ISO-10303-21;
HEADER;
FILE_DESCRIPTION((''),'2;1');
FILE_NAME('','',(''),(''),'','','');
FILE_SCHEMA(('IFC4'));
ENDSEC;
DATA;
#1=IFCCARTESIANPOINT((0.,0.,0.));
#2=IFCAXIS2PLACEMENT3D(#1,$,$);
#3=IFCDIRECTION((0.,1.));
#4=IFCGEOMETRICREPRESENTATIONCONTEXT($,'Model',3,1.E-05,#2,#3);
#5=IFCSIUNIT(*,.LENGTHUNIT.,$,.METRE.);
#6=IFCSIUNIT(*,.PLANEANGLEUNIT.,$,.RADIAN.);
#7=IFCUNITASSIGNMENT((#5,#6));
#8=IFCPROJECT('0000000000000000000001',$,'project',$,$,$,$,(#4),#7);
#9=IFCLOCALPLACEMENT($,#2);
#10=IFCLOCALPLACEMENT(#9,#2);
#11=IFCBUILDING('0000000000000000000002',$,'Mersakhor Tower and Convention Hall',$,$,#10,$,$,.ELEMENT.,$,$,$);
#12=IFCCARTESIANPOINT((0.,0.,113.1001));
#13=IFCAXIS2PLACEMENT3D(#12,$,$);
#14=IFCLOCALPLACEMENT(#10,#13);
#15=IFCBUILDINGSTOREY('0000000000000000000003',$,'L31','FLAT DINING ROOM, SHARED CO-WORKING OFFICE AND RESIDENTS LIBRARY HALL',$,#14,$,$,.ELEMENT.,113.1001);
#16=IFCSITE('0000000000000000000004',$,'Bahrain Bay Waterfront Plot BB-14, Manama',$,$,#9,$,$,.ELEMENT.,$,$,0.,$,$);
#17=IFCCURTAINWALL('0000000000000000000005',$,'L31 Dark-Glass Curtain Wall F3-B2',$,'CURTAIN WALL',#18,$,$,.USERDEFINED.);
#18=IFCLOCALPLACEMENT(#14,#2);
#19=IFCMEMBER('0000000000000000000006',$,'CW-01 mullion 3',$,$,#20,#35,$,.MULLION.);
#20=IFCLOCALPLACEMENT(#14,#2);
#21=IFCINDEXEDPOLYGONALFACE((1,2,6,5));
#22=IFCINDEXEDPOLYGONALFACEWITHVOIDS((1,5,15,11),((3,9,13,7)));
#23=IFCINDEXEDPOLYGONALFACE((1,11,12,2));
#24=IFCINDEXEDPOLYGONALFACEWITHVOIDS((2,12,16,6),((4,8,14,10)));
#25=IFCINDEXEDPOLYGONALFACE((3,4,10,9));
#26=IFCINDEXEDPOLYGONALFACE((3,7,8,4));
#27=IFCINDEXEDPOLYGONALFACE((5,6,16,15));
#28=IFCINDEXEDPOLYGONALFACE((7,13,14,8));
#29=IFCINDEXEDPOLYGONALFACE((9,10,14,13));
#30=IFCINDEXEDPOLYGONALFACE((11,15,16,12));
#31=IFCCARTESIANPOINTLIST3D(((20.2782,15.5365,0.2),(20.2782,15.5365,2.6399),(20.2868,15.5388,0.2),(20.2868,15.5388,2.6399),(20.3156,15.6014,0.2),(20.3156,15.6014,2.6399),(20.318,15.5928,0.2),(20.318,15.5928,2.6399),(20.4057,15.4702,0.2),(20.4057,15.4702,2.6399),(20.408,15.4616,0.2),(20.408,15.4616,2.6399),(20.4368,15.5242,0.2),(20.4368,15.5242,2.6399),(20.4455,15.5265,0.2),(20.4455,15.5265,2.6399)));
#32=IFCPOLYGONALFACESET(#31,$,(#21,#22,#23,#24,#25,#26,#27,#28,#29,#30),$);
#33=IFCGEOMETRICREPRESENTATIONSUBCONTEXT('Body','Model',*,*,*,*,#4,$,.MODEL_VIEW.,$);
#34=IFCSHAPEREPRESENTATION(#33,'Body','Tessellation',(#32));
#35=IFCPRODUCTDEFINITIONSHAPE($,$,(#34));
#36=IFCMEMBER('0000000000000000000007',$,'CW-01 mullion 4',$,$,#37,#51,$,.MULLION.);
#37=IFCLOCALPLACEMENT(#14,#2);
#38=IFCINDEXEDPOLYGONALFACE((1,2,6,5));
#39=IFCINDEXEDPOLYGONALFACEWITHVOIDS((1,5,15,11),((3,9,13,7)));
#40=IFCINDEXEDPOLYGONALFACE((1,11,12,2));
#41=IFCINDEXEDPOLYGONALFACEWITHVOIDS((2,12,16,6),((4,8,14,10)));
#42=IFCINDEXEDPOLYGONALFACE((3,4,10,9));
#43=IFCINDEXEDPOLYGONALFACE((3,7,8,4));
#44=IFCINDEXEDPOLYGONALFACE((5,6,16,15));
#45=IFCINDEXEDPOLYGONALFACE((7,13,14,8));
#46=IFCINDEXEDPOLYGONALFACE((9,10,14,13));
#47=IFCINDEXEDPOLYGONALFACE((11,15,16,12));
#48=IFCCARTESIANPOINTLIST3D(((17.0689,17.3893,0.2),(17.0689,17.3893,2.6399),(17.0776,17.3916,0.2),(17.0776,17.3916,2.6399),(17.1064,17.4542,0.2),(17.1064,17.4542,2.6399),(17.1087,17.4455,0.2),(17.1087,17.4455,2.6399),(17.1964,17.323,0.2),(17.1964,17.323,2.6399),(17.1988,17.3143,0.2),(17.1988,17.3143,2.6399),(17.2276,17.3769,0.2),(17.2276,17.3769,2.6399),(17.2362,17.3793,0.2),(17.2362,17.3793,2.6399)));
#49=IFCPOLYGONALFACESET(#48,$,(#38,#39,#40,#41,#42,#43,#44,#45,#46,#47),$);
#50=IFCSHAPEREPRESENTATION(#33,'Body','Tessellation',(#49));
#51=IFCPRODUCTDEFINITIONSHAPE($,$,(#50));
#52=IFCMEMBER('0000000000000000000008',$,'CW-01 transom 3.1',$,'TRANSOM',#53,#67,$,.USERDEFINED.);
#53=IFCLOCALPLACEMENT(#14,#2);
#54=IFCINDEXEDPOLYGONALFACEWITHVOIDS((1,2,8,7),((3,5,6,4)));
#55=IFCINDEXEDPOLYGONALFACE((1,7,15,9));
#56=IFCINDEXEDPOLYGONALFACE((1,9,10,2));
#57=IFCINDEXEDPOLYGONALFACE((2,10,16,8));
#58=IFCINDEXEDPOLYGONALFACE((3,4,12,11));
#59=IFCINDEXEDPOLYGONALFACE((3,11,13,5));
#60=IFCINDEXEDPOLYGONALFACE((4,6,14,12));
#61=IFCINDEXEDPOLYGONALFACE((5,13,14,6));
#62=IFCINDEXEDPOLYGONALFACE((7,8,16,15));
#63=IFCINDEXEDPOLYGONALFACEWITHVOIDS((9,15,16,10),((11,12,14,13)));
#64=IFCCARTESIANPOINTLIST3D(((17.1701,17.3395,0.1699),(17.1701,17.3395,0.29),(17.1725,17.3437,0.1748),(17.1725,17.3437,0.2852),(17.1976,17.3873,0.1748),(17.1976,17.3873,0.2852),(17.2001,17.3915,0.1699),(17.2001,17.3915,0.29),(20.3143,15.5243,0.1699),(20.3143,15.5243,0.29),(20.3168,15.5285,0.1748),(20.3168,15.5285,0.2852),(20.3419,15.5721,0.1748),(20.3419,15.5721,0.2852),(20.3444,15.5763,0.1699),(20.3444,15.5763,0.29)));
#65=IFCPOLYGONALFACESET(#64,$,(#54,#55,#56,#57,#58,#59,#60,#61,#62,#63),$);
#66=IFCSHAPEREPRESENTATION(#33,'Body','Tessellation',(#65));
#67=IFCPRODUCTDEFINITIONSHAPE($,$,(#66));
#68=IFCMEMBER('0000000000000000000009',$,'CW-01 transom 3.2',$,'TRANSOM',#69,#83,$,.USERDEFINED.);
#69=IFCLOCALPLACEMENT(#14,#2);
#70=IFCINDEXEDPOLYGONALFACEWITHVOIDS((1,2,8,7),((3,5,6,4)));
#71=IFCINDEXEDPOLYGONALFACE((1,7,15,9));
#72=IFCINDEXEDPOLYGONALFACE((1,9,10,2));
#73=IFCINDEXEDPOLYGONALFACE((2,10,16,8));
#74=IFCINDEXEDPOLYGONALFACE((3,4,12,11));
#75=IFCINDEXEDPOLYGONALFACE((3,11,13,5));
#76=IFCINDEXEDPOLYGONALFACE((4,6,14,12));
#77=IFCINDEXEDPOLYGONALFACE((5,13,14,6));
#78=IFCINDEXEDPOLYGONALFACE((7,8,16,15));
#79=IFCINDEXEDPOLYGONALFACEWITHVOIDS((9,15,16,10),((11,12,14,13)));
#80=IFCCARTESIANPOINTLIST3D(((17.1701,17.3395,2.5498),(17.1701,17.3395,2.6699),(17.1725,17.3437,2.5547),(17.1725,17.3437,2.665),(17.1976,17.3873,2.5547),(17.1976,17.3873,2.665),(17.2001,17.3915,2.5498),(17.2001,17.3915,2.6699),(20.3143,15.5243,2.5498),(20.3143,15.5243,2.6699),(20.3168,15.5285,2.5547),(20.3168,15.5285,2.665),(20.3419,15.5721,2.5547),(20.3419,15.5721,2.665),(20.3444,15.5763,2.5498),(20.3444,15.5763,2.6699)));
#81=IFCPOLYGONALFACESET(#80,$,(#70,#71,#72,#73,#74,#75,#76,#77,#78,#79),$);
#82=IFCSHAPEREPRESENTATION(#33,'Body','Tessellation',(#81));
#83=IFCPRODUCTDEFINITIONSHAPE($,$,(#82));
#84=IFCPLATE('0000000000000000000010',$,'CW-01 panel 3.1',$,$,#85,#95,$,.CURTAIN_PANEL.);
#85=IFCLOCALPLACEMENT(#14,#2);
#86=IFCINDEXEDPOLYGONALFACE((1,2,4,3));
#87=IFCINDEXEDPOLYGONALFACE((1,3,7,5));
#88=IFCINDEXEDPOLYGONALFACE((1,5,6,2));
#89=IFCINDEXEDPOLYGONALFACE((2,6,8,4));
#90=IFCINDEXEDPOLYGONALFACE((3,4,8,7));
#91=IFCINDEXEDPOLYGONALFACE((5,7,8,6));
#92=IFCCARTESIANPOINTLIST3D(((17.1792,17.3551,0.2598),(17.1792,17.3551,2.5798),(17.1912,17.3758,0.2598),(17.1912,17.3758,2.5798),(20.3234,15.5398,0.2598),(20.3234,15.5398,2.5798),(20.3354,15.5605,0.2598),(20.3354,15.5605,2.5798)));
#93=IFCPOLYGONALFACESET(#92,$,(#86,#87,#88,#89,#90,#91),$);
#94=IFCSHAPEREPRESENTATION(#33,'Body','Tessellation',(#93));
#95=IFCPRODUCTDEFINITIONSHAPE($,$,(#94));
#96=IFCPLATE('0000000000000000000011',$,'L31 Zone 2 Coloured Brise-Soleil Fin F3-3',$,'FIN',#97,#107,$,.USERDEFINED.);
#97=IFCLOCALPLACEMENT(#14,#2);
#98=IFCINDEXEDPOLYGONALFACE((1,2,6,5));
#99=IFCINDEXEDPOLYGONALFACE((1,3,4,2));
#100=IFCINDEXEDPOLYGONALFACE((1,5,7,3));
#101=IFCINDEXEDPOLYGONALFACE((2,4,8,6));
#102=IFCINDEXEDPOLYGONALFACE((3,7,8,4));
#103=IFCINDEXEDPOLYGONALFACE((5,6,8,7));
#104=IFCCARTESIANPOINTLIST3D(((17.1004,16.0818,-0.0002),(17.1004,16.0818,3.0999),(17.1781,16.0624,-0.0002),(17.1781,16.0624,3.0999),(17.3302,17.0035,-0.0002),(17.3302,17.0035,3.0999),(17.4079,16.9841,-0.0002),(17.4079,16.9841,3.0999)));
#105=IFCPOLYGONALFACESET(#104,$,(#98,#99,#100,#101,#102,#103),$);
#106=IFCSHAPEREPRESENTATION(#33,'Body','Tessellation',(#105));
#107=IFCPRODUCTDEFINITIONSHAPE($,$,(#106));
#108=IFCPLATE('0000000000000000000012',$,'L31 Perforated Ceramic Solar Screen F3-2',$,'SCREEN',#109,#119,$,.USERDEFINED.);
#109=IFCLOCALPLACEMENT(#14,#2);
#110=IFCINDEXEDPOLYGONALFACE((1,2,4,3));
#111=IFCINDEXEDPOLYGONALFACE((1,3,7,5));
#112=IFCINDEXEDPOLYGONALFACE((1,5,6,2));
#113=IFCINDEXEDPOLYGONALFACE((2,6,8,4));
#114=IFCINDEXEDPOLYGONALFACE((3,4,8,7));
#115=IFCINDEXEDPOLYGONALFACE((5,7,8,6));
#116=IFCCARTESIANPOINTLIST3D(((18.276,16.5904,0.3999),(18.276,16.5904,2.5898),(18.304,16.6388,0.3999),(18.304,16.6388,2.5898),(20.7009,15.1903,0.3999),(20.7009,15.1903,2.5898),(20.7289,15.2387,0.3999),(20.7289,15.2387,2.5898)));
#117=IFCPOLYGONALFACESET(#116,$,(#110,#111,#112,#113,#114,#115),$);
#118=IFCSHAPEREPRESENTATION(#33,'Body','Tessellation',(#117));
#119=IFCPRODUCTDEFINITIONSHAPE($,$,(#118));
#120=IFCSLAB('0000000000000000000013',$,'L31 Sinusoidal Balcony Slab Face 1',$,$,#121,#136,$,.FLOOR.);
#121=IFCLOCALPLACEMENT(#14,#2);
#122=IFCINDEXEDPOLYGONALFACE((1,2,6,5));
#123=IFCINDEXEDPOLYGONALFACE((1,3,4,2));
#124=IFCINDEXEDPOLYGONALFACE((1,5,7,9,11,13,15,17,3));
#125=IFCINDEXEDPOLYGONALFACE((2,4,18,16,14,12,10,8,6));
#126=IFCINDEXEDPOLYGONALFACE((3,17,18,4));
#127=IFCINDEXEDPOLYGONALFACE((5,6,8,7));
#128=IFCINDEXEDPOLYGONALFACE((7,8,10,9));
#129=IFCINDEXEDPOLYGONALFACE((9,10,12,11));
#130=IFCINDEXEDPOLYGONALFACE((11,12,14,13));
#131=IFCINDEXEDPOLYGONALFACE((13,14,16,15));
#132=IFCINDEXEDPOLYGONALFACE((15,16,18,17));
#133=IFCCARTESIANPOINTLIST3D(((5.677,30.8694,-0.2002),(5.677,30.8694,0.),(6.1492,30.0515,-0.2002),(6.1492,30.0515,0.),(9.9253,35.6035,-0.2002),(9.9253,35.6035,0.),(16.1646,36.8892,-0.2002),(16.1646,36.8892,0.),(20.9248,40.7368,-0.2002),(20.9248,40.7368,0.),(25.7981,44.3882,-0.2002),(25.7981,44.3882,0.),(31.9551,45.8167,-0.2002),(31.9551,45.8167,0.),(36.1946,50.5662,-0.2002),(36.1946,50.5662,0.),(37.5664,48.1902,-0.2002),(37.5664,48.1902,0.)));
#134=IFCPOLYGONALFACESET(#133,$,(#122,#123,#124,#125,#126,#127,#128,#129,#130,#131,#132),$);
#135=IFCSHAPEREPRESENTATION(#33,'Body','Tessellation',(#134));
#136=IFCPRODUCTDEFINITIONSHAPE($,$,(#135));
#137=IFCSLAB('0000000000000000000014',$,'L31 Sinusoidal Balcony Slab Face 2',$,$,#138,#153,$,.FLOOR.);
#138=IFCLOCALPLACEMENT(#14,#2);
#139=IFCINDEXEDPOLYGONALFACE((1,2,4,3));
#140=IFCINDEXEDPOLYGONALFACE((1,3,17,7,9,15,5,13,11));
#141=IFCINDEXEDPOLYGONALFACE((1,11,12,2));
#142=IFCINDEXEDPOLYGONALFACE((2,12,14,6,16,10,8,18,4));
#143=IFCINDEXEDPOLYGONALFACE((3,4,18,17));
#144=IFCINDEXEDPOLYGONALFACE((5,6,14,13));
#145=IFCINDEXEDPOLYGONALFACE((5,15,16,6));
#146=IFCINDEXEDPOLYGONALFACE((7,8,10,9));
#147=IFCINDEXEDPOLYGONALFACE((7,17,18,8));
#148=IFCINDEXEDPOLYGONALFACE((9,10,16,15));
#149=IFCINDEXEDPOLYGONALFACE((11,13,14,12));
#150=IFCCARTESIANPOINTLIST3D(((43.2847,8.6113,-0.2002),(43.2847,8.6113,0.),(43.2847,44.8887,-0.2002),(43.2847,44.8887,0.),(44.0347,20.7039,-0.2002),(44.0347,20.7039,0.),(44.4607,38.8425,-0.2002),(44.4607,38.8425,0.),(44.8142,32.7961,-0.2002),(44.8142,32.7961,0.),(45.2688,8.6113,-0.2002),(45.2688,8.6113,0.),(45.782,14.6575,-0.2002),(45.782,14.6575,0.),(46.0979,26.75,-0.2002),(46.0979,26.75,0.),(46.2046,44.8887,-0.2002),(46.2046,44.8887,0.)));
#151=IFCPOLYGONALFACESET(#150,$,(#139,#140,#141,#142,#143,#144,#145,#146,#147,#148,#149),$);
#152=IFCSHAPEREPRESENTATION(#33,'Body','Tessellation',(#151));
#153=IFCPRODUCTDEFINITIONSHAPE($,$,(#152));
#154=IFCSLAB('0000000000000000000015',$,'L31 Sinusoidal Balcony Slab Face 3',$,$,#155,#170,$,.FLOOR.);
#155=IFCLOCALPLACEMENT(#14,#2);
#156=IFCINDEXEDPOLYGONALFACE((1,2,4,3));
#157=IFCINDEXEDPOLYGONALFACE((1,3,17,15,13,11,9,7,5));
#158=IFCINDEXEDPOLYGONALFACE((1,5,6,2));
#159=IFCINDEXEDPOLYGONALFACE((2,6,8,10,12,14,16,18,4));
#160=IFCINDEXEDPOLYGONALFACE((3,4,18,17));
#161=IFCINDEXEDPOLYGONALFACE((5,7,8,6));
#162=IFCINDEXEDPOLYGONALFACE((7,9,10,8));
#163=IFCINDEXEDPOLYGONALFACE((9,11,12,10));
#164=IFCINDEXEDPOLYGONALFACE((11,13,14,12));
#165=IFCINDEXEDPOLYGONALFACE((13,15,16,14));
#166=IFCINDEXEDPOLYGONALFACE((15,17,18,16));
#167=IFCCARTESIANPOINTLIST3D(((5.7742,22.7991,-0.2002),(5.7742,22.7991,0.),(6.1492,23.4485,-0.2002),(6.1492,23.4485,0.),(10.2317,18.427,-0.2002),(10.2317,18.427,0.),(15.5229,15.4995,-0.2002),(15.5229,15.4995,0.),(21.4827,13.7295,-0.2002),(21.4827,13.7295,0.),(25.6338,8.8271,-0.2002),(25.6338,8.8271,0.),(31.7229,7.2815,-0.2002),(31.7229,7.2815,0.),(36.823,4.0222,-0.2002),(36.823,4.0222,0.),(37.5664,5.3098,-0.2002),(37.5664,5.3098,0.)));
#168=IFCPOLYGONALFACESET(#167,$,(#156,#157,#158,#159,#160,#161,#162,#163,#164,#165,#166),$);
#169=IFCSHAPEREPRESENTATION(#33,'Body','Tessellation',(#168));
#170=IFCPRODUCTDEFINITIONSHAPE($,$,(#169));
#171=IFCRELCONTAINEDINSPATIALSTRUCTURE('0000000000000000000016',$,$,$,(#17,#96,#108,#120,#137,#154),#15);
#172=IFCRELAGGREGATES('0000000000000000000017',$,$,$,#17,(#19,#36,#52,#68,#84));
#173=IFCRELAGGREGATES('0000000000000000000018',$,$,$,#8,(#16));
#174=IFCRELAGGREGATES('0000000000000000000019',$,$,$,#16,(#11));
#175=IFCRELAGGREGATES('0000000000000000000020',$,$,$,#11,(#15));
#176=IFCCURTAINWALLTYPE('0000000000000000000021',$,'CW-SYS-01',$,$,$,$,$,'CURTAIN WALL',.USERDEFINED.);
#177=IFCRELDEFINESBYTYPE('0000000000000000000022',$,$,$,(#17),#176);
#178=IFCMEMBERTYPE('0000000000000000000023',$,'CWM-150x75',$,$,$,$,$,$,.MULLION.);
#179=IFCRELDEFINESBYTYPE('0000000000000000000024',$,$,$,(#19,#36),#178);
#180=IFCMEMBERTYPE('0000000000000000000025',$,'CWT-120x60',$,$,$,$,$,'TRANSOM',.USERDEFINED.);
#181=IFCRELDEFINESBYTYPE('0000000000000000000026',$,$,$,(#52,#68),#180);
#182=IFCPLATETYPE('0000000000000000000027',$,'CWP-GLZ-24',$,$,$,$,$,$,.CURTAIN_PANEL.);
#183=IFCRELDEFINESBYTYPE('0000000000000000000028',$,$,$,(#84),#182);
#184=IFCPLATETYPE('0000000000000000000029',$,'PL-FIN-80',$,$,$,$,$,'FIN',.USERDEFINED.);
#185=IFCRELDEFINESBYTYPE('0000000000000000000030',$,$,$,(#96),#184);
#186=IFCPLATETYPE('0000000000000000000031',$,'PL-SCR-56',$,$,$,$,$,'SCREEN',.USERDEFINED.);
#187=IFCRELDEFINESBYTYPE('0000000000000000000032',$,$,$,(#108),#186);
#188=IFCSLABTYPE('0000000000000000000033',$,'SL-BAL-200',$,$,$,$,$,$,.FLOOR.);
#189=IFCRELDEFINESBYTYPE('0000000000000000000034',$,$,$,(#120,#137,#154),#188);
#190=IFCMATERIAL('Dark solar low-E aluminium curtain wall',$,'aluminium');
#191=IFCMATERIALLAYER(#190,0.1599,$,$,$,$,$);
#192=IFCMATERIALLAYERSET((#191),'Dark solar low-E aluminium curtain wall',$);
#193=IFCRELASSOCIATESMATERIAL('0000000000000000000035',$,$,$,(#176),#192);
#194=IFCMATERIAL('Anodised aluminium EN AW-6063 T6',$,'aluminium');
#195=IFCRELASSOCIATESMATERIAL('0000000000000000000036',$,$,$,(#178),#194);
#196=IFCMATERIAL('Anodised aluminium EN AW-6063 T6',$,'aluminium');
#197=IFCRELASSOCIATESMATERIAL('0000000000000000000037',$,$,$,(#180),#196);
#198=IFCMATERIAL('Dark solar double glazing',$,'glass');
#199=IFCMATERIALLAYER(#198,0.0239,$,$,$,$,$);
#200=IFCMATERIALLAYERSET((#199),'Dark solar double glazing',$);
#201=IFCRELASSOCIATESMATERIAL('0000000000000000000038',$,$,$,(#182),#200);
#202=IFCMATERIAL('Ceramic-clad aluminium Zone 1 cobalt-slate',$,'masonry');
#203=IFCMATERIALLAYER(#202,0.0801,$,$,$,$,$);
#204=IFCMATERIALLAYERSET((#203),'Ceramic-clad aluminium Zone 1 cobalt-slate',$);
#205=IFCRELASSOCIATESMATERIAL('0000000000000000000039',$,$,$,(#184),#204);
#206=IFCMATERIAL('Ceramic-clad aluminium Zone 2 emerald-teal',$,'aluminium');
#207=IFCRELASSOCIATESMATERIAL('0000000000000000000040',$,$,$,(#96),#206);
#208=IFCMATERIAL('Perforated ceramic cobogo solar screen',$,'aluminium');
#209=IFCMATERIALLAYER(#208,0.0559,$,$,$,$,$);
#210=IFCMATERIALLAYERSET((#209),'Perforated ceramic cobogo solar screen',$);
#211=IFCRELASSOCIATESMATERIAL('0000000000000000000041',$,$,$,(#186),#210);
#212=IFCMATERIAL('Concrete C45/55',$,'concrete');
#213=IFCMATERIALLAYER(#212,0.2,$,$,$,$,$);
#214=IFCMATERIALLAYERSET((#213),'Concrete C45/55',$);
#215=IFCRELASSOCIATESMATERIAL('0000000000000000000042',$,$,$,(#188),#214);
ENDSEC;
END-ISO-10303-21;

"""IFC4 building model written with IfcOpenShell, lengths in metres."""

from ifc_helpers import new_model, si_unit, direction, frame, origin, origin_2d, place, context, subcontext, project, spatial, polyline, rectangle, hollow_rectangle, outline, extrude, material, layer, layer_set, material_profile, profile_set, type_object, element, aggregate, save


model = new_model("IFC4")

# Units and contexts
model_context = context("Model", 3, precision=1e-05, world=origin(), true_north=direction((0.0, 1.0)))
body_context = subcontext(model_context, "Body", "Model", "MODEL_VIEW")
ifc_project = project(units=[si_unit("LENGTHUNIT", "METRE"), si_unit("PLANEANGLEUNIT", "RADIAN")], contexts=[model_context])

# Site, building, storey
site_placement = place(None, origin())
site = spatial("IfcSite", under=ifc_project, at=site_placement, Name="Bahrain Bay Waterfront Plot BB-14, Manama", CompositionType="ELEMENT", RefElevation=0.0)
building_placement = place(site_placement, origin())
building = spatial("IfcBuilding", under=site, at=building_placement, Name="Mersakhor Tower and Convention Hall", CompositionType="ELEMENT")
storey_placement = place(building_placement, frame((0.0, 0.0, 113.1001)))
storey = spatial("IfcBuildingStorey", under=building, at=storey_placement, Name="L31", Description="FLAT DINING ROOM, SHARED CO-WORKING OFFICE AND RESIDENTS LIBRARY HALL", CompositionType="ELEMENT", Elevation=113.1001)

# Curtain wall, members, plate
ifc_material_1 = material(Name="Dark solar low-E aluminium curtain wall", Category="aluminium")
ifc_layer_1 = layer(ifc_material_1, 0.1599)
ifc_layer_set_1 = layer_set([ifc_layer_1], Name="Dark solar low-E aluminium curtain wall")
curtain_wall_type = type_object("IfcCurtainWallType", Name="CW-SYS-01", ElementType="CURTAIN WALL", PredefinedType="USERDEFINED", material=ifc_layer_set_1)
curtain_wall_placement = place(storey_placement, origin())
curtain_wall = element("IfcCurtainWall", 1, at=curtain_wall_placement, inside=storey, type_object=curtain_wall_type, Name="L31 Dark-Glass Curtain Wall F3-B2", ObjectType="CURTAIN WALL", PredefinedType="USERDEFINED")
ifc_material_2 = material(Name="Anodised aluminium EN AW-6063 T6", Category="aluminium")
ifc_material_profile_1 = material_profile(ifc_material_2, hollow_rectangle(XDim=0.075, YDim=0.1499, WallThickness=0.0063, at=origin_2d()), Name="RHS 150x75x6.3")
ifc_profile_set_1 = profile_set([ifc_material_profile_1], Name="Anodised aluminium EN AW-6063 T6")
member_type_1 = type_object("IfcMemberType", Name="CWM-150x75", PredefinedType="MULLION", material=ifc_profile_set_1)
member_1_placement = place(storey_placement, frame((20.3618, 15.5315, 0.2), z_axis=(0.0, 0.0, 1.0), x_axis=(-0.499998, -0.866027, 0.0)))
member_1 = element("IfcMember", 2, at=member_1_placement, type_object=member_type_1, Name="CW-01 mullion 3", PredefinedType="MULLION", context=body_context, shape_type="SweptSolid", body=[
    extrude(hollow_rectangle(XDim=0.075, YDim=0.1499, WallThickness=0.0063, at=origin_2d()), origin(), (0.0, 0.0, 1.0), 2.4399),
])
member_2_placement = place(storey_placement, frame((17.1526, 17.3843, 0.2), z_axis=(0.0, 0.0, 1.0), x_axis=(-0.499998, -0.866027, 0.0)))
member_2 = element("IfcMember", 3, at=member_2_placement, type_object=member_type_1, Name="CW-01 mullion 4", PredefinedType="MULLION", context=body_context, shape_type="SweptSolid", body=[
    extrude(hollow_rectangle(XDim=0.075, YDim=0.1499, WallThickness=0.0063, at=origin_2d()), origin(), (0.0, 0.0, 1.0), 2.4399),
])
ifc_material_3 = material(Name="Anodised aluminium EN AW-6063 T6", Category="aluminium")
ifc_material_profile_2 = material_profile(ifc_material_3, hollow_rectangle(XDim=0.0601, YDim=0.1201, WallThickness=0.0049, at=origin_2d()), Name="RHS 120x60x5")
ifc_profile_set_2 = profile_set([ifc_material_profile_2], Name="Anodised aluminium EN AW-6063 T6")
member_type_2 = type_object("IfcMemberType", Name="CWT-120x60", ElementType="TRANSOM", PredefinedType="USERDEFINED", material=ifc_profile_set_2)
member_3_placement = place(storey_placement, frame((20.3293, 15.5503, 0.23), z_axis=(-0.866046, 0.499965, 0.0), x_axis=(-0.499965, -0.866046, 0.0)))
member_3 = element("IfcMember", 4, at=member_3_placement, type_object=member_type_2, Name="CW-01 transom 3.1", ObjectType="TRANSOM", PredefinedType="USERDEFINED", context=body_context, shape_type="SweptSolid", body=[
    extrude(hollow_rectangle(XDim=0.0601, YDim=0.1201, WallThickness=0.0049, at=origin_2d()), origin(), (0.0, 0.0, 1.0), 3.6306),
])
member_4_placement = place(storey_placement, frame((20.3293, 15.5503, 2.6099), z_axis=(-0.866046, 0.499965, 0.0), x_axis=(-0.499965, -0.866046, 0.0)))
member_4 = element("IfcMember", 5, at=member_4_placement, type_object=member_type_2, Name="CW-01 transom 3.2", ObjectType="TRANSOM", PredefinedType="USERDEFINED", context=body_context, shape_type="SweptSolid", body=[
    extrude(hollow_rectangle(XDim=0.0601, YDim=0.1201, WallThickness=0.0049, at=origin_2d()), origin(), (0.0, 0.0, 1.0), 3.6306),
])
ifc_material_4 = material(Name="Dark solar double glazing", Category="glass")
ifc_layer_2 = layer(ifc_material_4, 0.0239)
ifc_layer_set_2 = layer_set([ifc_layer_2], Name="Dark solar double glazing")
plate_type_1 = type_object("IfcPlateType", Name="CWP-GLZ-24", PredefinedType="CURTAIN_PANEL", material=ifc_layer_set_2)
plate_1_placement = place(storey_placement, frame((18.7573, 16.4578, 0.2598), z_axis=(0.0, 0.0, 1.0), x_axis=(-0.866027, 0.499998, 0.0)))
plate_1 = element("IfcPlate", 6, at=plate_1_placement, type_object=plate_type_1, Name="CW-01 panel 3.1", PredefinedType="CURTAIN_PANEL", context=body_context, shape_type="SweptSolid", body=[
    extrude(rectangle(XDim=3.6306, YDim=0.0239, at=origin_2d()), origin(), (0.0, 0.0, 1.0), 2.3201),
])
aggregate(curtain_wall, [member_1, member_2, member_3, member_4, plate_1])

# Plates
ifc_material_5 = material(Name="Ceramic-clad aluminium Zone 2 emerald-teal", Category="aluminium")
ifc_material_6 = material(Name="Ceramic-clad aluminium Zone 1 cobalt-slate", Category="masonry")
ifc_layer_3 = layer(ifc_material_6, 0.0801)
ifc_layer_set_3 = layer_set([ifc_layer_3], Name="Ceramic-clad aluminium Zone 1 cobalt-slate")
plate_type_2 = type_object("IfcPlateType", Name="PL-FIN-80", ElementType="FIN", PredefinedType="USERDEFINED", material=ifc_layer_set_3)
plate_2_placement = place(storey_placement, frame((17.2542, 16.533, -0.0002), z_axis=(0.0, 0.0, 1.0), x_axis=(-0.241922, -0.970296, 0.0)))
element("IfcPlate", 7, at=plate_2_placement, inside=storey, type_object=plate_type_2, material=ifc_material_5, Name="L31 Zone 2 Coloured Brise-Soleil Fin F3-3", ObjectType="FIN", PredefinedType="USERDEFINED", context=body_context, shape_type="SweptSolid", body=[
    extrude(rectangle(XDim=0.95, YDim=0.0801, at=origin_2d()), origin(), (0.0, 0.0, 1.0), 3.1001),
])
ifc_material_7 = material(Name="Perforated ceramic cobogo solar screen", Category="aluminium")
ifc_layer_4 = layer(ifc_material_7, 0.0559)
ifc_layer_set_4 = layer_set([ifc_layer_4], Name="Perforated ceramic cobogo solar screen")
plate_type_3 = type_object("IfcPlateType", Name="PL-SCR-56", ElementType="SCREEN", PredefinedType="USERDEFINED", material=ifc_layer_set_4)
plate_3_placement = place(storey_placement, frame((19.5024, 15.9146, 0.3999), z_axis=(0.0, 0.0, 1.0), x_axis=(-0.866025, 0.5, 0.0)))
element("IfcPlate", 8, at=plate_3_placement, inside=storey, type_object=plate_type_3, Name="L31 Perforated Ceramic Solar Screen F3-2", ObjectType="SCREEN", PredefinedType="USERDEFINED", context=body_context, shape_type="SweptSolid", body=[
    extrude(rectangle(XDim=2.8, YDim=0.0559, at=origin_2d()), origin(), (0.0, 0.0, 1.0), 2.1899),
])

# Slabs
ifc_material_8 = material(Name="Concrete C45/55", Category="concrete")
ifc_layer_5 = layer(ifc_material_8, 0.2)
ifc_layer_set_5 = layer_set([ifc_layer_5], Name="Concrete C45/55")
slab_type_1 = type_object("IfcSlabType", Name="SL-BAL-200", PredefinedType="FLOOR", material=ifc_layer_set_5)
slab_1_placement = place(storey_placement, frame((0.0, 0.0, -0.2002)))
element("IfcSlab", 9, at=slab_1_placement, inside=storey, type_object=slab_type_1, Name="L31 Sinusoidal Balcony Slab Face 1", PredefinedType="FLOOR", context=body_context, shape_type="SweptSolid", body=[
    extrude(outline(polyline([(6.1492, 30.0515), (37.5664, 48.1902), (36.1946, 50.5662), (31.9551, 45.8167), (25.7981, 44.3882), (20.9248, 40.7368), (16.1646, 36.8892), (9.9253, 35.6035), (5.677, 30.8694), (6.1492, 30.0515)])), origin(), (0.0, 0.0, 1.0), 0.2002),
])
slab_2_placement = place(storey_placement, frame((0.0, 0.0, -0.2002)))
element("IfcSlab", 10, at=slab_2_placement, inside=storey, type_object=slab_type_1, Name="L31 Sinusoidal Balcony Slab Face 2", PredefinedType="FLOOR", context=body_context, shape_type="SweptSolid", body=[
    extrude(outline(polyline([(43.2847, 44.8887), (43.2847, 8.6113), (45.2688, 8.6113), (45.782, 14.6575), (44.0347, 20.7039), (46.0979, 26.75), (44.8142, 32.7961), (44.4607, 38.8425), (46.2046, 44.8887), (43.2847, 44.8887)])), origin(), (0.0, 0.0, 1.0), 0.2002),
])
slab_3_placement = place(storey_placement, frame((0.0, 0.0, -0.2002)))
element("IfcSlab", 11, at=slab_3_placement, inside=storey, type_object=slab_type_1, Name="L31 Sinusoidal Balcony Slab Face 3", PredefinedType="FLOOR", context=body_context, shape_type="SweptSolid", body=[
    extrude(outline(polyline([(37.5664, 5.3098), (6.1492, 23.4485), (5.7742, 22.7991), (10.2317, 18.427), (15.5229, 15.4995), (21.4827, 13.7295), (25.6338, 8.8271), (31.7229, 7.2815), (36.823, 4.0222), (37.5664, 5.3098)])), origin(), (0.0, 0.0, 1.0), 0.2002),
])

save(model, "model.ifc")
